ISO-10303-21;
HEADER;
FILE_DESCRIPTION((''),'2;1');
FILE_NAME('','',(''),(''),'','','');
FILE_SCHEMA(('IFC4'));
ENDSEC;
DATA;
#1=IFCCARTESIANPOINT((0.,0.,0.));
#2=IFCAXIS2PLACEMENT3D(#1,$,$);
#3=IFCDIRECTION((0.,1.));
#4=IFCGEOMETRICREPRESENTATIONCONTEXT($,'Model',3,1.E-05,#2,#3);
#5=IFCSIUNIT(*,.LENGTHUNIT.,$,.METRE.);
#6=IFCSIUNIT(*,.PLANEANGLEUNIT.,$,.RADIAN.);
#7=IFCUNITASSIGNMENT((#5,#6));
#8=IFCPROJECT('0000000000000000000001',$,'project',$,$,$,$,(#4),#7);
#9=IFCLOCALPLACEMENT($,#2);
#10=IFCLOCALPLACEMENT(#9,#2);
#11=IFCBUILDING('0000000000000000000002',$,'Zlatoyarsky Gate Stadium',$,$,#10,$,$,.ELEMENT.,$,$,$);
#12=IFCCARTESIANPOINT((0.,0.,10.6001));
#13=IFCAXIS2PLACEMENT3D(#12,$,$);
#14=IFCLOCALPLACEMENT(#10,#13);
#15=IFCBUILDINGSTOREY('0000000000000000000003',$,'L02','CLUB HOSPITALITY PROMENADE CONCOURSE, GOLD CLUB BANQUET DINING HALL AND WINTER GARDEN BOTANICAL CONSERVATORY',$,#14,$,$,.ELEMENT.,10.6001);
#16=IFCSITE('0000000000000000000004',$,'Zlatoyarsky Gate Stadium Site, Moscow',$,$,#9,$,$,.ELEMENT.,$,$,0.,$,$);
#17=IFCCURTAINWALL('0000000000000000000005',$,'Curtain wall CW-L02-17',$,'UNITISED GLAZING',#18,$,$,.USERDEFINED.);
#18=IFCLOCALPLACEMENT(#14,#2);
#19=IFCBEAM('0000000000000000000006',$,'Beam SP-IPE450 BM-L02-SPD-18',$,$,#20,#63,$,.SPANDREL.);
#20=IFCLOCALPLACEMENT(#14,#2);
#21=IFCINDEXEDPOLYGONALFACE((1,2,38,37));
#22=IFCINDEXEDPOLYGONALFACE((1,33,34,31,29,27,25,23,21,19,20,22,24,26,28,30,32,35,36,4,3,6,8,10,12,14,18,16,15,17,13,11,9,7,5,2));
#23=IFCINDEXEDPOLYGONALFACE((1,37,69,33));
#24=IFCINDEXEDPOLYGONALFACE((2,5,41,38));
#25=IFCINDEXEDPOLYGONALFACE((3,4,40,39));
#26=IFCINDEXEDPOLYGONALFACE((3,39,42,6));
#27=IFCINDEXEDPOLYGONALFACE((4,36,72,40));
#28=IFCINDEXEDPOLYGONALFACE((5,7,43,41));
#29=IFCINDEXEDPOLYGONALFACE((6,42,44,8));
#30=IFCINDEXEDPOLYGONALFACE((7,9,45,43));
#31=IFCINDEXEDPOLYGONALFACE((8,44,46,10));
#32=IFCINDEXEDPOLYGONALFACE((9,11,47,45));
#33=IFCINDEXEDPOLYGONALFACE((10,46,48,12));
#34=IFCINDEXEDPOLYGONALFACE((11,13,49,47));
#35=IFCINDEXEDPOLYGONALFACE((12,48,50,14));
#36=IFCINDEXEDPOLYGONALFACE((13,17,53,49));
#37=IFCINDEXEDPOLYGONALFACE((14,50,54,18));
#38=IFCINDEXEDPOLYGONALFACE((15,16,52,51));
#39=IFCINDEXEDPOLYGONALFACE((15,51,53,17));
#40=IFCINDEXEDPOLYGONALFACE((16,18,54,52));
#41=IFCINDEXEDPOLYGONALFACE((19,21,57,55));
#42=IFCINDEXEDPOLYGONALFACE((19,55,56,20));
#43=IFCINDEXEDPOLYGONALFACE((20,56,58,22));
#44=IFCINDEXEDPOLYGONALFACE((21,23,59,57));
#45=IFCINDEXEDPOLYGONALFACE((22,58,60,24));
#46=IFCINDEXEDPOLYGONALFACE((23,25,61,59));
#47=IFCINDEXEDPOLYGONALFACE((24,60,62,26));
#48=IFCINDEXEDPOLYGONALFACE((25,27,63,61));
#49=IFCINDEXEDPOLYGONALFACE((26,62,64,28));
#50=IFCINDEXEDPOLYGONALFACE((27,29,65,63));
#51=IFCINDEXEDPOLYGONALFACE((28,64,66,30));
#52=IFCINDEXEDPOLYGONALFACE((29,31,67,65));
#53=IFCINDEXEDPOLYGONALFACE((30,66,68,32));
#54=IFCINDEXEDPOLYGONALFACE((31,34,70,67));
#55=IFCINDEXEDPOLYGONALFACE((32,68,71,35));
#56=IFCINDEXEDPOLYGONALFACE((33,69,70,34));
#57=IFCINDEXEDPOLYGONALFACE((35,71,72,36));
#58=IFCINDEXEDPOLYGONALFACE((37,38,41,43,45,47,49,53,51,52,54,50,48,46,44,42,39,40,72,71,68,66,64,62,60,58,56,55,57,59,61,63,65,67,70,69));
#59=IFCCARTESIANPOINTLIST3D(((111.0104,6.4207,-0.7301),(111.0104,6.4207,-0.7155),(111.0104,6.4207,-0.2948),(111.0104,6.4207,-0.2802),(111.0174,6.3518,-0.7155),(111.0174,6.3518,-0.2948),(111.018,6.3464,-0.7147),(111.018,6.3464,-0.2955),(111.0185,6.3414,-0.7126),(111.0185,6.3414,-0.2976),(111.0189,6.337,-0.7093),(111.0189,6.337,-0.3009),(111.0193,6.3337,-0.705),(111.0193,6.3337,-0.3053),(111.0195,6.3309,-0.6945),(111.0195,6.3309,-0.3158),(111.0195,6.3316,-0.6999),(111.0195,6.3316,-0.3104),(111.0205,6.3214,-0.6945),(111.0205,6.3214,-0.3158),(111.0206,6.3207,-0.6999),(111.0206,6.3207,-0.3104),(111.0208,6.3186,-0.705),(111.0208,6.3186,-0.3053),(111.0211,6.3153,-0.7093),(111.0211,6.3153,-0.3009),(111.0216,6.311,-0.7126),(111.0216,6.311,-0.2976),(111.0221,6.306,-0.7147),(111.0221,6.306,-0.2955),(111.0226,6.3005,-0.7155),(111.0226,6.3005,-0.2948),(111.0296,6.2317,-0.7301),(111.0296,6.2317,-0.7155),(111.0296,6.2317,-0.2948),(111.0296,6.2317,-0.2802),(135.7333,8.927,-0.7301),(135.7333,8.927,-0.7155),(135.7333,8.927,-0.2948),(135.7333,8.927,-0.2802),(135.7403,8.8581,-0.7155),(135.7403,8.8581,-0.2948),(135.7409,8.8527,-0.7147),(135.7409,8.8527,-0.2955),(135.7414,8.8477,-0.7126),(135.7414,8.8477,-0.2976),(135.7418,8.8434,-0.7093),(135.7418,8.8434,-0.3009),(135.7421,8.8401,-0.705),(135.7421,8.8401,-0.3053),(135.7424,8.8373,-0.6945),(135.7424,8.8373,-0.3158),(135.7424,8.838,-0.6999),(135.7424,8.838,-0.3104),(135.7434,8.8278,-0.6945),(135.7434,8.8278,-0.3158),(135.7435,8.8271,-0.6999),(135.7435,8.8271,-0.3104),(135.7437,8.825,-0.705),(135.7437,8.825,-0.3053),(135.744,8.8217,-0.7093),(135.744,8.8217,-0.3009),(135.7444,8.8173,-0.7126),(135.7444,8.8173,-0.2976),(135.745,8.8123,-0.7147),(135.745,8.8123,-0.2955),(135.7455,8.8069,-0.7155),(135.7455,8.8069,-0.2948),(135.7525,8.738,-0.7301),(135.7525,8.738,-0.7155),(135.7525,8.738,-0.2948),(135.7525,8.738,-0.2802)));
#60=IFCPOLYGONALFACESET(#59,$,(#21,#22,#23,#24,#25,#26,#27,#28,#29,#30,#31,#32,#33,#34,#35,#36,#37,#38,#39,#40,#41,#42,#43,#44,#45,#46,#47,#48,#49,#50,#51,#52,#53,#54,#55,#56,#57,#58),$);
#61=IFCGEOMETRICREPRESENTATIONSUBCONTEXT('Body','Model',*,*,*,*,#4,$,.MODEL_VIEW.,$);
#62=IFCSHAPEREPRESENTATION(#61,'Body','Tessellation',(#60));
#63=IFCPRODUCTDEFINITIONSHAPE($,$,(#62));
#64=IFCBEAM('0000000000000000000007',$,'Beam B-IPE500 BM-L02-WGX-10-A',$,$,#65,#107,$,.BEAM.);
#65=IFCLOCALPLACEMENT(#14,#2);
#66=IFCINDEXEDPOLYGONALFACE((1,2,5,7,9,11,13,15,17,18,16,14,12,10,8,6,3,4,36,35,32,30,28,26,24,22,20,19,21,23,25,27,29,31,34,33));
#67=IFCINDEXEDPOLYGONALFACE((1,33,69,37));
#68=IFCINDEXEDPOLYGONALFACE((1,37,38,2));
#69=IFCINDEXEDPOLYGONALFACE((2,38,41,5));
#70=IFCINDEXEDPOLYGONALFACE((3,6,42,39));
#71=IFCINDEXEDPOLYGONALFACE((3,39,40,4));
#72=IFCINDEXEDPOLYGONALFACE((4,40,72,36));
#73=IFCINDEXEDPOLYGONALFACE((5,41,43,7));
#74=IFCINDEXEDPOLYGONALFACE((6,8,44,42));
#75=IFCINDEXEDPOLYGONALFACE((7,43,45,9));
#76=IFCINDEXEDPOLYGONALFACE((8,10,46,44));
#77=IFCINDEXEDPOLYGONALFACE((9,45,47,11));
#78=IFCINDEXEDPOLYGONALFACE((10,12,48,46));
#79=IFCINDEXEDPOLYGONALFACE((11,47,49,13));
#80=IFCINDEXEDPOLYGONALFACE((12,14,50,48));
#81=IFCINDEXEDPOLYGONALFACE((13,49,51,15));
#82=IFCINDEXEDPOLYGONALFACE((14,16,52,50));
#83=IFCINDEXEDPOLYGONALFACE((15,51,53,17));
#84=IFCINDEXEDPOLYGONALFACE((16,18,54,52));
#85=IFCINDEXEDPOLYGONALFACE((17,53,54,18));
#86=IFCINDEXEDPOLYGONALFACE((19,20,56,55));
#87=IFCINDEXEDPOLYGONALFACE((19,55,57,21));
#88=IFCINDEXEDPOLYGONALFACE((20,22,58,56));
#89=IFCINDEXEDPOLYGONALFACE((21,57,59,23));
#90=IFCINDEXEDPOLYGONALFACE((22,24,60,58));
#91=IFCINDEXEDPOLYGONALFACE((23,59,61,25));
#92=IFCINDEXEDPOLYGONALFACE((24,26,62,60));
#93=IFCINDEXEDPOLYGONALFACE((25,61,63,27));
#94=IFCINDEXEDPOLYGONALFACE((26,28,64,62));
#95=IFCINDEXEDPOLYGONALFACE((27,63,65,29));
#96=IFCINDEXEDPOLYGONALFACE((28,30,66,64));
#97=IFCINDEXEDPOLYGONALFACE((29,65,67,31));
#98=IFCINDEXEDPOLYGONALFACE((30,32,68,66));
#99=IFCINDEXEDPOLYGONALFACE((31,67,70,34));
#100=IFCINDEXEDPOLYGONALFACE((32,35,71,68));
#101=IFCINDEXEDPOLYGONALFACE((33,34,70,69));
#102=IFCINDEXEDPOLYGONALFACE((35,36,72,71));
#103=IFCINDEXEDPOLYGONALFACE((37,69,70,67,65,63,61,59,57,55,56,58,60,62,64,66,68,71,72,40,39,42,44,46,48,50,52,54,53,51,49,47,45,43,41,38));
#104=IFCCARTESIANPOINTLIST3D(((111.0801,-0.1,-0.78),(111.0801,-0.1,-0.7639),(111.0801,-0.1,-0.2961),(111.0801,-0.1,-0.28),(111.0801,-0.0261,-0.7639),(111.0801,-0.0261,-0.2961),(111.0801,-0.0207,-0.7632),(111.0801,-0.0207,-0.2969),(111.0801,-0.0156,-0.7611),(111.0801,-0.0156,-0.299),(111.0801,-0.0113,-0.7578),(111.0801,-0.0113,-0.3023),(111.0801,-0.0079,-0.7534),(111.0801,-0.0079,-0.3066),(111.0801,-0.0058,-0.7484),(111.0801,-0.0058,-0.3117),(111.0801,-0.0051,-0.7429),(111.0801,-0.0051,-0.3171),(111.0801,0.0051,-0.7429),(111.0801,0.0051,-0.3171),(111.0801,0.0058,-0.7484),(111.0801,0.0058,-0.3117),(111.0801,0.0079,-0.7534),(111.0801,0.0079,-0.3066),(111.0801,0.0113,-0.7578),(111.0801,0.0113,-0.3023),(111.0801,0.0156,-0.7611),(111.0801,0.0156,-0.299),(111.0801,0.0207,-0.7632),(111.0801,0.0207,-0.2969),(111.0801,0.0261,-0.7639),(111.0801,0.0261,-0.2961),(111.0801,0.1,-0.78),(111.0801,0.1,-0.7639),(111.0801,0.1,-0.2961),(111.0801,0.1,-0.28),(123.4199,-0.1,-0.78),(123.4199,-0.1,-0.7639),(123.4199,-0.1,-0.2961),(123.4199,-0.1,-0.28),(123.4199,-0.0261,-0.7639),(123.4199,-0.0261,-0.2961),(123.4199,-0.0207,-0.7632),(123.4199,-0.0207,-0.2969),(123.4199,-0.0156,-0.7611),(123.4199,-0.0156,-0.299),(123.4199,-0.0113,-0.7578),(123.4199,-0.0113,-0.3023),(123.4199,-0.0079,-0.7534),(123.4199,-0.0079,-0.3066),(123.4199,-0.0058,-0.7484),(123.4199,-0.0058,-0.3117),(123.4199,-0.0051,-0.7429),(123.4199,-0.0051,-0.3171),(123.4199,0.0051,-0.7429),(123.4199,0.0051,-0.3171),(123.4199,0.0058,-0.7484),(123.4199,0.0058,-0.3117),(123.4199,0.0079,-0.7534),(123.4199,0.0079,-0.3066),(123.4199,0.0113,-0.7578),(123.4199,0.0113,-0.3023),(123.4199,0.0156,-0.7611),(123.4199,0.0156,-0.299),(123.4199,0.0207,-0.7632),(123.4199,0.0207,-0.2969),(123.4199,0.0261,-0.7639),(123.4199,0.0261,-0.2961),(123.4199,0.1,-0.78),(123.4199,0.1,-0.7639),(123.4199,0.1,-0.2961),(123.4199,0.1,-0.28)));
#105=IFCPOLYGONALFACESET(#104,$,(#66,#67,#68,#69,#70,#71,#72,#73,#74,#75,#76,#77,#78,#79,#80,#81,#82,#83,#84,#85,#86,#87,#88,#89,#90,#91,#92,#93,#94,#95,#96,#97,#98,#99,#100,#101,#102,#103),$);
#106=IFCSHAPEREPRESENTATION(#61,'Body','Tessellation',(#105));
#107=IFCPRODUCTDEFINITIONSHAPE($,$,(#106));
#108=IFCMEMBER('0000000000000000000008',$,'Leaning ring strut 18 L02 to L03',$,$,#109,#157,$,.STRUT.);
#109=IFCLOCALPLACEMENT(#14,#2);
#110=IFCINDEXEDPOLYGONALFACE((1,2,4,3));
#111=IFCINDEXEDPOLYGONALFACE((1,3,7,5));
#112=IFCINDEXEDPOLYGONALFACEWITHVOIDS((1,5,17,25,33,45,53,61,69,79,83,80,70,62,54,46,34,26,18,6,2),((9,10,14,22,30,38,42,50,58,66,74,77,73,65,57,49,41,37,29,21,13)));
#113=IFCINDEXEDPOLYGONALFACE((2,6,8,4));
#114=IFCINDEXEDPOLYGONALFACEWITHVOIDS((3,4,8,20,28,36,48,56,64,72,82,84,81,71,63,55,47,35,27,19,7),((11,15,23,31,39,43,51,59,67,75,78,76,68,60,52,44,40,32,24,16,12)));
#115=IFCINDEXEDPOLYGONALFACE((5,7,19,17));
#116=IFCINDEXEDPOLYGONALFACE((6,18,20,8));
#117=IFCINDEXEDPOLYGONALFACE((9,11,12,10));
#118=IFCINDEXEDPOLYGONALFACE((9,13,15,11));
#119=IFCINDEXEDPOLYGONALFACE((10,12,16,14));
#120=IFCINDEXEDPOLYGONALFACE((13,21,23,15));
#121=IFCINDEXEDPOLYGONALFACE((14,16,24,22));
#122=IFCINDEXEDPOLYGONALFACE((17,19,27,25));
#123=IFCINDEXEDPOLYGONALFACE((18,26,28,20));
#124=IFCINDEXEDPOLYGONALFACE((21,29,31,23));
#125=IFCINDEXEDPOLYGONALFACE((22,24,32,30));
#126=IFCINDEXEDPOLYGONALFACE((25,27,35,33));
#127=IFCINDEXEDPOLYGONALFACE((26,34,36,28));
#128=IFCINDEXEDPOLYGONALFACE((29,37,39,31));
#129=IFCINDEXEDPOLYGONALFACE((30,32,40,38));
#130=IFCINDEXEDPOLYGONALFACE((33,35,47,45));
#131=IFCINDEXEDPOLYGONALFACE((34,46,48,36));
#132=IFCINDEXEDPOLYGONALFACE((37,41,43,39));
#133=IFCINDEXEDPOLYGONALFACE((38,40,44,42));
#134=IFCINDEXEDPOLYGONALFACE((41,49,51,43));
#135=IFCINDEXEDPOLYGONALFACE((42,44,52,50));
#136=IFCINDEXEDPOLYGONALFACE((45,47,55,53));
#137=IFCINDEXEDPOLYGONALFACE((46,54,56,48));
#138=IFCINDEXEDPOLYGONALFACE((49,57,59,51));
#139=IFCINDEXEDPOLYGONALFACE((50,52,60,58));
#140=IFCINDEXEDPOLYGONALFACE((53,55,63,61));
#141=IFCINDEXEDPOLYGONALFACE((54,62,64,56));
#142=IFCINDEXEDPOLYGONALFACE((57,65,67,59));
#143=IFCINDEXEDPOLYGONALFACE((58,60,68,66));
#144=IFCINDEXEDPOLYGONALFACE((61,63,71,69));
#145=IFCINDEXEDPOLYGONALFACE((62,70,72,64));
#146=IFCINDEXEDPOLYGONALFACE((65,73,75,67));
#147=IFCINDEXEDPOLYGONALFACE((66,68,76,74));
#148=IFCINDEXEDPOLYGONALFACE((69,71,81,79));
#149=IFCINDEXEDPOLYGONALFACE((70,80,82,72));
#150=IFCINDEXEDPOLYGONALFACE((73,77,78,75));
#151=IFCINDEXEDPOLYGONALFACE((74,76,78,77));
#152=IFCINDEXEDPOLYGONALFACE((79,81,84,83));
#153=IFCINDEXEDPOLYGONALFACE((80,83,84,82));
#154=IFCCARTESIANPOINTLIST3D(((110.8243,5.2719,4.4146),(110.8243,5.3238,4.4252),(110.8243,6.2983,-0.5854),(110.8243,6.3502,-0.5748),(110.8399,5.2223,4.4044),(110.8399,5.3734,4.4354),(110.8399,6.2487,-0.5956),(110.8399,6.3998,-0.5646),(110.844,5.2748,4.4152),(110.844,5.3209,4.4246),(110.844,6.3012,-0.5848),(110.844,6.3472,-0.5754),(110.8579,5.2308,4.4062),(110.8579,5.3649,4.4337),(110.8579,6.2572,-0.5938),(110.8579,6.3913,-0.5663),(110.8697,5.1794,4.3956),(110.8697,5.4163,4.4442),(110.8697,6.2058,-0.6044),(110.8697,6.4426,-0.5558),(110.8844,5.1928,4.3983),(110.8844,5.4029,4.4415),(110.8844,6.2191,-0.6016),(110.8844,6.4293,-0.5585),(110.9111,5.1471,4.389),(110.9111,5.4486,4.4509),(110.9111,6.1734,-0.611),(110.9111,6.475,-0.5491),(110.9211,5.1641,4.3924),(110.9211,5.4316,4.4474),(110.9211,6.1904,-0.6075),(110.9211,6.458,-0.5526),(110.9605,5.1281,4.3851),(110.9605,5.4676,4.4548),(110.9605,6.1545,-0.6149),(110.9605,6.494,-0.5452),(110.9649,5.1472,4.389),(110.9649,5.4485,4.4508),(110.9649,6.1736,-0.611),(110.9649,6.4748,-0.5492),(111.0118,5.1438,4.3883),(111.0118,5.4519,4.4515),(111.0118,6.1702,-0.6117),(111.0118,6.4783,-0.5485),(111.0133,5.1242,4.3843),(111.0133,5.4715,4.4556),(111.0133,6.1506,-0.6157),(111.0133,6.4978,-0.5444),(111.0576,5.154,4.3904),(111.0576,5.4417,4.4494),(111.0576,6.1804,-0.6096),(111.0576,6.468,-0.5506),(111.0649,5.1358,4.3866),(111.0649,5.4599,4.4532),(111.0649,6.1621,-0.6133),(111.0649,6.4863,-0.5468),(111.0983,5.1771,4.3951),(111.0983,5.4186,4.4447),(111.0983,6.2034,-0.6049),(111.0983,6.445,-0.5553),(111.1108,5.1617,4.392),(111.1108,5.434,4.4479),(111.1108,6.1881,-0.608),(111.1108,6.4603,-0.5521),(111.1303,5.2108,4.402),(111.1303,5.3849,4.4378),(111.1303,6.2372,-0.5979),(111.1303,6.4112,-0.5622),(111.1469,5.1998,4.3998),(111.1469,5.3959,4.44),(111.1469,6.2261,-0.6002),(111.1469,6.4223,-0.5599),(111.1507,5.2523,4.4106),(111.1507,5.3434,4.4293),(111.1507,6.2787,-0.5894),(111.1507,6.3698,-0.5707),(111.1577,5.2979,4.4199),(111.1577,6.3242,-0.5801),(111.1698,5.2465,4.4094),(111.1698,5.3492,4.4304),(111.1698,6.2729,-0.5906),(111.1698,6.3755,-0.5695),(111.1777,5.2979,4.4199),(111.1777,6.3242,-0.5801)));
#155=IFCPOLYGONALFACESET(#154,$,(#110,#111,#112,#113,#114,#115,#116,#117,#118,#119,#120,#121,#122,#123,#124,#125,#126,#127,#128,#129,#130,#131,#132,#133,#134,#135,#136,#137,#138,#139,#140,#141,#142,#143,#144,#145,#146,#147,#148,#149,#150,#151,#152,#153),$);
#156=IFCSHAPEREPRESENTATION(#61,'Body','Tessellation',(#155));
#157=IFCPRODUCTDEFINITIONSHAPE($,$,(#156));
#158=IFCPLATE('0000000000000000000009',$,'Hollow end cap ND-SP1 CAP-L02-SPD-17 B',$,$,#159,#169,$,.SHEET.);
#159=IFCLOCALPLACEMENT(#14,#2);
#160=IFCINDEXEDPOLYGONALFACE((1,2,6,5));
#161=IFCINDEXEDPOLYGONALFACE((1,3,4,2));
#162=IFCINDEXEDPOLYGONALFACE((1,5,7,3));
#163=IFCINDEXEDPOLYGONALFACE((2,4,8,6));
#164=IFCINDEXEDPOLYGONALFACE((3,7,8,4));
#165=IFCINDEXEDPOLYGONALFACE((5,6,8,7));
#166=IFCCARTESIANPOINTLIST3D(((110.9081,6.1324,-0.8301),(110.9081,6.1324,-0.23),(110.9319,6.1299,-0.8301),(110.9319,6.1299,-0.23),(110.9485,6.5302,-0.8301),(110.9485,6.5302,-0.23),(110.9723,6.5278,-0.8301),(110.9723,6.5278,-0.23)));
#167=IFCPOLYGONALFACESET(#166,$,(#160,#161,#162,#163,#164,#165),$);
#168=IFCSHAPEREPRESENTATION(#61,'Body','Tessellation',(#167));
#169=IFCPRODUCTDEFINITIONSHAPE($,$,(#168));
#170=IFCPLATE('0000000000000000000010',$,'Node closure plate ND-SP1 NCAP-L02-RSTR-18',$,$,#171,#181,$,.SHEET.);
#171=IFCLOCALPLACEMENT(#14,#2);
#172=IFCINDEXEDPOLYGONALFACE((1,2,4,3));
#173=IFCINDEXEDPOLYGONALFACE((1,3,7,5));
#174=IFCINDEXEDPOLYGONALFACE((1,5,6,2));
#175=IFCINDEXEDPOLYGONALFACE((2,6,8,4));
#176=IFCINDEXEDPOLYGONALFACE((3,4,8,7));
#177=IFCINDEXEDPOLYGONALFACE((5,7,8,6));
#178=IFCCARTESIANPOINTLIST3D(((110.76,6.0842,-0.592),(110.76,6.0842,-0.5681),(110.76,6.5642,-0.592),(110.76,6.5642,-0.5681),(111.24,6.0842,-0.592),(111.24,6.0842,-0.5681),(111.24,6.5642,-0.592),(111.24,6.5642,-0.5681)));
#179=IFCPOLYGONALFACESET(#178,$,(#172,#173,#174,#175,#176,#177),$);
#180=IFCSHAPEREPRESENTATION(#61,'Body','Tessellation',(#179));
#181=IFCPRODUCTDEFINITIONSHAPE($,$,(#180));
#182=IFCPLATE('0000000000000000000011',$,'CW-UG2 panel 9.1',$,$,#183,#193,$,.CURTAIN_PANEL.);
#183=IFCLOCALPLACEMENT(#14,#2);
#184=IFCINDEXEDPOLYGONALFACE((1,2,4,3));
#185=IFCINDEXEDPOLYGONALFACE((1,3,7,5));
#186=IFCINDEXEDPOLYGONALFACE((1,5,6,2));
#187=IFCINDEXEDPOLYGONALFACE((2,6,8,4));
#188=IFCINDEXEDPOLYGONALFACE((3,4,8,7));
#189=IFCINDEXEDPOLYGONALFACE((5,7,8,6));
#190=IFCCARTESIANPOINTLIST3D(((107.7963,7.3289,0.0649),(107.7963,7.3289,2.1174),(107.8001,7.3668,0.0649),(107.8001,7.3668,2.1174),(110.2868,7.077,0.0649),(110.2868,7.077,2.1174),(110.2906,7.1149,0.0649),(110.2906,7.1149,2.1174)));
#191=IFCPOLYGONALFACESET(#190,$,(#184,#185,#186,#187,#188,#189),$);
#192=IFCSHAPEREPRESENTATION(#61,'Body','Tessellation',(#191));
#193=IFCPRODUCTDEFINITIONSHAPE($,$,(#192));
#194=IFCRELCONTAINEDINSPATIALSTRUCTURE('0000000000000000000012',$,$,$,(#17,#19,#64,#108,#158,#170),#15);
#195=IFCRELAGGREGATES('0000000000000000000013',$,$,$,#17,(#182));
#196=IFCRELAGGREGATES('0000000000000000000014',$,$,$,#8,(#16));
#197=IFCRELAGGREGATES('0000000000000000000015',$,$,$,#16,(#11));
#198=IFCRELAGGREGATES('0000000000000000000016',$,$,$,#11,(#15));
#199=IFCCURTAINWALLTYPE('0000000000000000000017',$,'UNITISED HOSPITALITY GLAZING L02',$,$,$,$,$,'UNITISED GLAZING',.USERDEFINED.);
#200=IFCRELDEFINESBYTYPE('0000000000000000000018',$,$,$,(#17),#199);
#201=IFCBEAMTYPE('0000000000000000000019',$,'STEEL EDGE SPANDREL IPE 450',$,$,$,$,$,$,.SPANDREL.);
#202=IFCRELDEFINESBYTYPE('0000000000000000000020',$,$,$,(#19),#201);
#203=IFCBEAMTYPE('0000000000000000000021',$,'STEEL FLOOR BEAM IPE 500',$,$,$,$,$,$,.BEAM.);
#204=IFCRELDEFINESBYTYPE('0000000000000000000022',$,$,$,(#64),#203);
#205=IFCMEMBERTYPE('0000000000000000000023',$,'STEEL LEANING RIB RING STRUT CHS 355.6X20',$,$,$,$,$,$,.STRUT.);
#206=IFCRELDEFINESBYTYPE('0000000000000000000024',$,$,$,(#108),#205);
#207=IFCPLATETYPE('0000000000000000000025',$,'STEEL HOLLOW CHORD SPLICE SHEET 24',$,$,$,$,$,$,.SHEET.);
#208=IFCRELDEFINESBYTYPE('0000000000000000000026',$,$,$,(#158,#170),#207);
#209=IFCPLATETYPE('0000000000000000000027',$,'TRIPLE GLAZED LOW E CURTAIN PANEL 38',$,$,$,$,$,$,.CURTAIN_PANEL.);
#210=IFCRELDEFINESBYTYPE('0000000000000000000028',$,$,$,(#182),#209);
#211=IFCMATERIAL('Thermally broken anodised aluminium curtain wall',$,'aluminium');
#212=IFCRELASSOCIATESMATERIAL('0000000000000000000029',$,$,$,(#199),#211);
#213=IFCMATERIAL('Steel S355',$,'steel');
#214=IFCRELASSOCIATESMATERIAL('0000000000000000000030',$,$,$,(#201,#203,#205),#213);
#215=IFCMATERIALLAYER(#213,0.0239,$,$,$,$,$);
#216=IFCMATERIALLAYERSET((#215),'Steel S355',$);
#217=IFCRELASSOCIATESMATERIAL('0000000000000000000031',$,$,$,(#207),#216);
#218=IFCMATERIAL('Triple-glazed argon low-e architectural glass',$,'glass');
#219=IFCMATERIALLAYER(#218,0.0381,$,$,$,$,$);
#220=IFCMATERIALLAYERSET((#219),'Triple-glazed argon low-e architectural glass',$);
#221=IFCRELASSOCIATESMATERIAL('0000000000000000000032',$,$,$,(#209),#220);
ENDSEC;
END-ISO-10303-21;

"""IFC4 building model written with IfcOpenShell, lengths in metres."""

from ifc_helpers import new_model, si_unit, direction, frame, origin, origin_2d, place, context, subcontext, project, spatial, rectangle, hollow_circle, i_section, extrude, material, layer, layer_set, material_profile, profile_set, type_object, element, aggregate, save


model = new_model("IFC4")

# Units and contexts
model_context = context("Model", 3, precision=1e-05, world=origin(), true_north=direction((0.0, 1.0)))
body_context = subcontext(model_context, "Body", "Model", "MODEL_VIEW")
ifc_project = project(units=[si_unit("LENGTHUNIT", "METRE"), si_unit("PLANEANGLEUNIT", "RADIAN")], contexts=[model_context])

# Site, building, storey
site_placement = place(None, origin())
site = spatial("IfcSite", under=ifc_project, at=site_placement, Name="Zlatoyarsky Gate Stadium Site, Moscow", CompositionType="ELEMENT", RefElevation=0.0)
building_placement = place(site_placement, origin())
building = spatial("IfcBuilding", under=site, at=building_placement, Name="Zlatoyarsky Gate Stadium", CompositionType="ELEMENT")
storey_placement = place(building_placement, frame((0.0, 0.0, 10.6001)))
storey = spatial("IfcBuildingStorey", under=building, at=storey_placement, Name="L02", Description="CLUB HOSPITALITY PROMENADE CONCOURSE, GOLD CLUB BANQUET DINING HALL AND WINTER GARDEN BOTANICAL CONSERVATORY", CompositionType="ELEMENT", Elevation=10.6001)

# Shared definitions
ifc_material_1 = material(Name="Steel S355", Category="steel")

# Curtain wall
ifc_material_2 = material(Name="Thermally broken anodised aluminium curtain wall", Category="aluminium")
curtain_wall_type_1 = type_object("IfcCurtainWallType", Name="UNITISED HOSPITALITY GLAZING L02", ElementType="UNITISED GLAZING", PredefinedType="USERDEFINED", material=ifc_material_2)
curtain_wall_1_placement = place(storey_placement, origin())
curtain_wall_1 = element("IfcCurtainWall", 1, at=curtain_wall_1_placement, inside=storey, type_object=curtain_wall_type_1, Name="Curtain wall CW-L02-17", ObjectType="UNITISED GLAZING", PredefinedType="USERDEFINED")

# Beams
ifc_material_profile_1 = material_profile(ifc_material_1, i_section(OverallWidth=0.1899, OverallDepth=0.45, WebThickness=0.0095, FlangeThickness=0.0146, FilletRadius=0.021, at=origin_2d()), Name="IPE 450")
ifc_profile_set_1 = profile_set([ifc_material_profile_1], Name="Steel S355")
beam_type_1 = type_object("IfcBeamType", Name="STEEL EDGE SPANDREL IPE 450", PredefinedType="SPANDREL", material=ifc_profile_set_1)
beam_1_placement = place(storey_placement, frame((111.02, 6.3262, -0.5051), z_axis=(0.994901, 0.100861, 0.0), x_axis=(-0.100861, 0.994901, 0.0)))
element("IfcBeam", 2, at=beam_1_placement, inside=storey, type_object=beam_type_1, Name="Beam SP-IPE450 BM-L02-SPD-18", PredefinedType="SPANDREL", context=body_context, shape_type="SweptSolid", body=[
    extrude(i_section(OverallWidth=0.1899, OverallDepth=0.45, WebThickness=0.0095, FlangeThickness=0.0146, FilletRadius=0.021, at=origin_2d()), origin(), (0.0, 0.0, 1.0), 24.8496),
])
ifc_material_profile_2 = material_profile(ifc_material_1, i_section(OverallWidth=0.2, OverallDepth=0.5, WebThickness=0.0103, FlangeThickness=0.0161, FilletRadius=0.021, at=origin_2d()), Name="IPE 500")
ifc_profile_set_2 = profile_set([ifc_material_profile_2], Name="Steel S355")
beam_type_2 = type_object("IfcBeamType", Name="STEEL FLOOR BEAM IPE 500", PredefinedType="BEAM", material=ifc_profile_set_2)
beam_2_placement = place(storey_placement, frame((111.0801, 0.0, -0.53), z_axis=(1.0, 0.0, 0.0), x_axis=(0.0, 1.0, 0.0)))
element("IfcBeam", 3, at=beam_2_placement, inside=storey, type_object=beam_type_2, Name="Beam B-IPE500 BM-L02-WGX-10-A", PredefinedType="BEAM", context=body_context, shape_type="SweptSolid", body=[
    extrude(i_section(OverallWidth=0.2, OverallDepth=0.5, WebThickness=0.0103, FlangeThickness=0.0161, FilletRadius=0.021, at=origin_2d()), origin(), (0.0, 0.0, 1.0), 12.3398),
])

# Member
ifc_material_profile_3 = material_profile(ifc_material_1, hollow_circle(Radius=0.1777, WallThickness=0.02, at=origin_2d()), Name="CHS 355.6X20")
ifc_profile_set_3 = profile_set([ifc_material_profile_3], Name="Steel S355")
member_type_1 = type_object("IfcMemberType", Name="STEEL LEANING RIB RING STRUT CHS 355.6X20", PredefinedType="STRUT", material=ifc_profile_set_3)
member_1_placement = place(storey_placement, frame((111.0, 6.3242, -0.5801), z_axis=(0.0, -0.201081, 0.979575), x_axis=(1.0, 0.0, 0.0)))
element("IfcMember", 4, at=member_1_placement, inside=storey, type_object=member_type_1, Name="Leaning ring strut 18 L02 to L03", PredefinedType="STRUT", context=body_context, shape_type="SweptSolid", body=[
    extrude(hollow_circle(Radius=0.1777, WallThickness=0.02, at=origin_2d()), origin(), (0.0, 0.0, 1.0), 5.1042),
])

# Plates
ifc_layer_1 = layer(ifc_material_1, 0.0239)
ifc_layer_set_1 = layer_set([ifc_layer_1], Name="Steel S355")
plate_type_1 = type_object("IfcPlateType", Name="STEEL HOLLOW CHORD SPLICE SHEET 24", PredefinedType="SHEET", material=ifc_layer_set_1)
plate_1_placement = place(storey_placement, frame((110.9402, 6.3301, -0.8301), z_axis=(0.0, 0.0, 1.0), x_axis=(0.9949, -0.100861, 0.0)))
element("IfcPlate", 5, at=plate_1_placement, inside=storey, type_object=plate_type_1, Name="Hollow end cap ND-SP1 CAP-L02-SPD-17 B", PredefinedType="SHEET", context=body_context, shape_type="SweptSolid", body=[
    extrude(rectangle(XDim=0.0239, YDim=0.3999, at=origin_2d()), origin(), (0.0, 0.0, 1.0), 0.6001),
])
plate_2_placement = place(storey_placement, frame((111.0, 6.3242, -0.592), z_axis=(0.0, 0.0, 1.0), x_axis=(1.0, 0.0, 0.0)))
element("IfcPlate", 6, at=plate_2_placement, inside=storey, type_object=plate_type_1, Name="Node closure plate ND-SP1 NCAP-L02-RSTR-18", PredefinedType="SHEET", context=body_context, shape_type="SweptSolid", body=[
    extrude(rectangle(XDim=0.48, YDim=0.48, at=origin_2d()), origin(), (0.0, 0.0, 1.0), 0.0239),
])

# Plate
ifc_material_3 = material(Name="Triple-glazed argon low-e architectural glass", Category="glass")
ifc_layer_2 = layer(ifc_material_3, 0.0381)
ifc_layer_set_2 = layer_set([ifc_layer_2], Name="Triple-glazed argon low-e architectural glass")
plate_type_2 = type_object("IfcPlateType", Name="TRIPLE GLAZED LOW E CURTAIN PANEL 38", PredefinedType="CURTAIN_PANEL", material=ifc_layer_set_2)
plate_3_placement = place(storey_placement, frame((109.0435, 7.2219, 0.0649), z_axis=(0.0, 0.0, 1.0), x_axis=(0.994922, -0.100645, 0.0)))
plate_3 = element("IfcPlate", 7, at=plate_3_placement, type_object=plate_type_2, Name="CW-UG2 panel 9.1", PredefinedType="CURTAIN_PANEL", context=body_context, shape_type="SweptSolid", body=[
    extrude(rectangle(XDim=2.5032, YDim=0.0381, at=origin_2d()), origin(), (0.0, 0.0, 1.0), 2.0525),
])
aggregate(curtain_wall_1, [plate_3])

save(model, "model.ifc")
